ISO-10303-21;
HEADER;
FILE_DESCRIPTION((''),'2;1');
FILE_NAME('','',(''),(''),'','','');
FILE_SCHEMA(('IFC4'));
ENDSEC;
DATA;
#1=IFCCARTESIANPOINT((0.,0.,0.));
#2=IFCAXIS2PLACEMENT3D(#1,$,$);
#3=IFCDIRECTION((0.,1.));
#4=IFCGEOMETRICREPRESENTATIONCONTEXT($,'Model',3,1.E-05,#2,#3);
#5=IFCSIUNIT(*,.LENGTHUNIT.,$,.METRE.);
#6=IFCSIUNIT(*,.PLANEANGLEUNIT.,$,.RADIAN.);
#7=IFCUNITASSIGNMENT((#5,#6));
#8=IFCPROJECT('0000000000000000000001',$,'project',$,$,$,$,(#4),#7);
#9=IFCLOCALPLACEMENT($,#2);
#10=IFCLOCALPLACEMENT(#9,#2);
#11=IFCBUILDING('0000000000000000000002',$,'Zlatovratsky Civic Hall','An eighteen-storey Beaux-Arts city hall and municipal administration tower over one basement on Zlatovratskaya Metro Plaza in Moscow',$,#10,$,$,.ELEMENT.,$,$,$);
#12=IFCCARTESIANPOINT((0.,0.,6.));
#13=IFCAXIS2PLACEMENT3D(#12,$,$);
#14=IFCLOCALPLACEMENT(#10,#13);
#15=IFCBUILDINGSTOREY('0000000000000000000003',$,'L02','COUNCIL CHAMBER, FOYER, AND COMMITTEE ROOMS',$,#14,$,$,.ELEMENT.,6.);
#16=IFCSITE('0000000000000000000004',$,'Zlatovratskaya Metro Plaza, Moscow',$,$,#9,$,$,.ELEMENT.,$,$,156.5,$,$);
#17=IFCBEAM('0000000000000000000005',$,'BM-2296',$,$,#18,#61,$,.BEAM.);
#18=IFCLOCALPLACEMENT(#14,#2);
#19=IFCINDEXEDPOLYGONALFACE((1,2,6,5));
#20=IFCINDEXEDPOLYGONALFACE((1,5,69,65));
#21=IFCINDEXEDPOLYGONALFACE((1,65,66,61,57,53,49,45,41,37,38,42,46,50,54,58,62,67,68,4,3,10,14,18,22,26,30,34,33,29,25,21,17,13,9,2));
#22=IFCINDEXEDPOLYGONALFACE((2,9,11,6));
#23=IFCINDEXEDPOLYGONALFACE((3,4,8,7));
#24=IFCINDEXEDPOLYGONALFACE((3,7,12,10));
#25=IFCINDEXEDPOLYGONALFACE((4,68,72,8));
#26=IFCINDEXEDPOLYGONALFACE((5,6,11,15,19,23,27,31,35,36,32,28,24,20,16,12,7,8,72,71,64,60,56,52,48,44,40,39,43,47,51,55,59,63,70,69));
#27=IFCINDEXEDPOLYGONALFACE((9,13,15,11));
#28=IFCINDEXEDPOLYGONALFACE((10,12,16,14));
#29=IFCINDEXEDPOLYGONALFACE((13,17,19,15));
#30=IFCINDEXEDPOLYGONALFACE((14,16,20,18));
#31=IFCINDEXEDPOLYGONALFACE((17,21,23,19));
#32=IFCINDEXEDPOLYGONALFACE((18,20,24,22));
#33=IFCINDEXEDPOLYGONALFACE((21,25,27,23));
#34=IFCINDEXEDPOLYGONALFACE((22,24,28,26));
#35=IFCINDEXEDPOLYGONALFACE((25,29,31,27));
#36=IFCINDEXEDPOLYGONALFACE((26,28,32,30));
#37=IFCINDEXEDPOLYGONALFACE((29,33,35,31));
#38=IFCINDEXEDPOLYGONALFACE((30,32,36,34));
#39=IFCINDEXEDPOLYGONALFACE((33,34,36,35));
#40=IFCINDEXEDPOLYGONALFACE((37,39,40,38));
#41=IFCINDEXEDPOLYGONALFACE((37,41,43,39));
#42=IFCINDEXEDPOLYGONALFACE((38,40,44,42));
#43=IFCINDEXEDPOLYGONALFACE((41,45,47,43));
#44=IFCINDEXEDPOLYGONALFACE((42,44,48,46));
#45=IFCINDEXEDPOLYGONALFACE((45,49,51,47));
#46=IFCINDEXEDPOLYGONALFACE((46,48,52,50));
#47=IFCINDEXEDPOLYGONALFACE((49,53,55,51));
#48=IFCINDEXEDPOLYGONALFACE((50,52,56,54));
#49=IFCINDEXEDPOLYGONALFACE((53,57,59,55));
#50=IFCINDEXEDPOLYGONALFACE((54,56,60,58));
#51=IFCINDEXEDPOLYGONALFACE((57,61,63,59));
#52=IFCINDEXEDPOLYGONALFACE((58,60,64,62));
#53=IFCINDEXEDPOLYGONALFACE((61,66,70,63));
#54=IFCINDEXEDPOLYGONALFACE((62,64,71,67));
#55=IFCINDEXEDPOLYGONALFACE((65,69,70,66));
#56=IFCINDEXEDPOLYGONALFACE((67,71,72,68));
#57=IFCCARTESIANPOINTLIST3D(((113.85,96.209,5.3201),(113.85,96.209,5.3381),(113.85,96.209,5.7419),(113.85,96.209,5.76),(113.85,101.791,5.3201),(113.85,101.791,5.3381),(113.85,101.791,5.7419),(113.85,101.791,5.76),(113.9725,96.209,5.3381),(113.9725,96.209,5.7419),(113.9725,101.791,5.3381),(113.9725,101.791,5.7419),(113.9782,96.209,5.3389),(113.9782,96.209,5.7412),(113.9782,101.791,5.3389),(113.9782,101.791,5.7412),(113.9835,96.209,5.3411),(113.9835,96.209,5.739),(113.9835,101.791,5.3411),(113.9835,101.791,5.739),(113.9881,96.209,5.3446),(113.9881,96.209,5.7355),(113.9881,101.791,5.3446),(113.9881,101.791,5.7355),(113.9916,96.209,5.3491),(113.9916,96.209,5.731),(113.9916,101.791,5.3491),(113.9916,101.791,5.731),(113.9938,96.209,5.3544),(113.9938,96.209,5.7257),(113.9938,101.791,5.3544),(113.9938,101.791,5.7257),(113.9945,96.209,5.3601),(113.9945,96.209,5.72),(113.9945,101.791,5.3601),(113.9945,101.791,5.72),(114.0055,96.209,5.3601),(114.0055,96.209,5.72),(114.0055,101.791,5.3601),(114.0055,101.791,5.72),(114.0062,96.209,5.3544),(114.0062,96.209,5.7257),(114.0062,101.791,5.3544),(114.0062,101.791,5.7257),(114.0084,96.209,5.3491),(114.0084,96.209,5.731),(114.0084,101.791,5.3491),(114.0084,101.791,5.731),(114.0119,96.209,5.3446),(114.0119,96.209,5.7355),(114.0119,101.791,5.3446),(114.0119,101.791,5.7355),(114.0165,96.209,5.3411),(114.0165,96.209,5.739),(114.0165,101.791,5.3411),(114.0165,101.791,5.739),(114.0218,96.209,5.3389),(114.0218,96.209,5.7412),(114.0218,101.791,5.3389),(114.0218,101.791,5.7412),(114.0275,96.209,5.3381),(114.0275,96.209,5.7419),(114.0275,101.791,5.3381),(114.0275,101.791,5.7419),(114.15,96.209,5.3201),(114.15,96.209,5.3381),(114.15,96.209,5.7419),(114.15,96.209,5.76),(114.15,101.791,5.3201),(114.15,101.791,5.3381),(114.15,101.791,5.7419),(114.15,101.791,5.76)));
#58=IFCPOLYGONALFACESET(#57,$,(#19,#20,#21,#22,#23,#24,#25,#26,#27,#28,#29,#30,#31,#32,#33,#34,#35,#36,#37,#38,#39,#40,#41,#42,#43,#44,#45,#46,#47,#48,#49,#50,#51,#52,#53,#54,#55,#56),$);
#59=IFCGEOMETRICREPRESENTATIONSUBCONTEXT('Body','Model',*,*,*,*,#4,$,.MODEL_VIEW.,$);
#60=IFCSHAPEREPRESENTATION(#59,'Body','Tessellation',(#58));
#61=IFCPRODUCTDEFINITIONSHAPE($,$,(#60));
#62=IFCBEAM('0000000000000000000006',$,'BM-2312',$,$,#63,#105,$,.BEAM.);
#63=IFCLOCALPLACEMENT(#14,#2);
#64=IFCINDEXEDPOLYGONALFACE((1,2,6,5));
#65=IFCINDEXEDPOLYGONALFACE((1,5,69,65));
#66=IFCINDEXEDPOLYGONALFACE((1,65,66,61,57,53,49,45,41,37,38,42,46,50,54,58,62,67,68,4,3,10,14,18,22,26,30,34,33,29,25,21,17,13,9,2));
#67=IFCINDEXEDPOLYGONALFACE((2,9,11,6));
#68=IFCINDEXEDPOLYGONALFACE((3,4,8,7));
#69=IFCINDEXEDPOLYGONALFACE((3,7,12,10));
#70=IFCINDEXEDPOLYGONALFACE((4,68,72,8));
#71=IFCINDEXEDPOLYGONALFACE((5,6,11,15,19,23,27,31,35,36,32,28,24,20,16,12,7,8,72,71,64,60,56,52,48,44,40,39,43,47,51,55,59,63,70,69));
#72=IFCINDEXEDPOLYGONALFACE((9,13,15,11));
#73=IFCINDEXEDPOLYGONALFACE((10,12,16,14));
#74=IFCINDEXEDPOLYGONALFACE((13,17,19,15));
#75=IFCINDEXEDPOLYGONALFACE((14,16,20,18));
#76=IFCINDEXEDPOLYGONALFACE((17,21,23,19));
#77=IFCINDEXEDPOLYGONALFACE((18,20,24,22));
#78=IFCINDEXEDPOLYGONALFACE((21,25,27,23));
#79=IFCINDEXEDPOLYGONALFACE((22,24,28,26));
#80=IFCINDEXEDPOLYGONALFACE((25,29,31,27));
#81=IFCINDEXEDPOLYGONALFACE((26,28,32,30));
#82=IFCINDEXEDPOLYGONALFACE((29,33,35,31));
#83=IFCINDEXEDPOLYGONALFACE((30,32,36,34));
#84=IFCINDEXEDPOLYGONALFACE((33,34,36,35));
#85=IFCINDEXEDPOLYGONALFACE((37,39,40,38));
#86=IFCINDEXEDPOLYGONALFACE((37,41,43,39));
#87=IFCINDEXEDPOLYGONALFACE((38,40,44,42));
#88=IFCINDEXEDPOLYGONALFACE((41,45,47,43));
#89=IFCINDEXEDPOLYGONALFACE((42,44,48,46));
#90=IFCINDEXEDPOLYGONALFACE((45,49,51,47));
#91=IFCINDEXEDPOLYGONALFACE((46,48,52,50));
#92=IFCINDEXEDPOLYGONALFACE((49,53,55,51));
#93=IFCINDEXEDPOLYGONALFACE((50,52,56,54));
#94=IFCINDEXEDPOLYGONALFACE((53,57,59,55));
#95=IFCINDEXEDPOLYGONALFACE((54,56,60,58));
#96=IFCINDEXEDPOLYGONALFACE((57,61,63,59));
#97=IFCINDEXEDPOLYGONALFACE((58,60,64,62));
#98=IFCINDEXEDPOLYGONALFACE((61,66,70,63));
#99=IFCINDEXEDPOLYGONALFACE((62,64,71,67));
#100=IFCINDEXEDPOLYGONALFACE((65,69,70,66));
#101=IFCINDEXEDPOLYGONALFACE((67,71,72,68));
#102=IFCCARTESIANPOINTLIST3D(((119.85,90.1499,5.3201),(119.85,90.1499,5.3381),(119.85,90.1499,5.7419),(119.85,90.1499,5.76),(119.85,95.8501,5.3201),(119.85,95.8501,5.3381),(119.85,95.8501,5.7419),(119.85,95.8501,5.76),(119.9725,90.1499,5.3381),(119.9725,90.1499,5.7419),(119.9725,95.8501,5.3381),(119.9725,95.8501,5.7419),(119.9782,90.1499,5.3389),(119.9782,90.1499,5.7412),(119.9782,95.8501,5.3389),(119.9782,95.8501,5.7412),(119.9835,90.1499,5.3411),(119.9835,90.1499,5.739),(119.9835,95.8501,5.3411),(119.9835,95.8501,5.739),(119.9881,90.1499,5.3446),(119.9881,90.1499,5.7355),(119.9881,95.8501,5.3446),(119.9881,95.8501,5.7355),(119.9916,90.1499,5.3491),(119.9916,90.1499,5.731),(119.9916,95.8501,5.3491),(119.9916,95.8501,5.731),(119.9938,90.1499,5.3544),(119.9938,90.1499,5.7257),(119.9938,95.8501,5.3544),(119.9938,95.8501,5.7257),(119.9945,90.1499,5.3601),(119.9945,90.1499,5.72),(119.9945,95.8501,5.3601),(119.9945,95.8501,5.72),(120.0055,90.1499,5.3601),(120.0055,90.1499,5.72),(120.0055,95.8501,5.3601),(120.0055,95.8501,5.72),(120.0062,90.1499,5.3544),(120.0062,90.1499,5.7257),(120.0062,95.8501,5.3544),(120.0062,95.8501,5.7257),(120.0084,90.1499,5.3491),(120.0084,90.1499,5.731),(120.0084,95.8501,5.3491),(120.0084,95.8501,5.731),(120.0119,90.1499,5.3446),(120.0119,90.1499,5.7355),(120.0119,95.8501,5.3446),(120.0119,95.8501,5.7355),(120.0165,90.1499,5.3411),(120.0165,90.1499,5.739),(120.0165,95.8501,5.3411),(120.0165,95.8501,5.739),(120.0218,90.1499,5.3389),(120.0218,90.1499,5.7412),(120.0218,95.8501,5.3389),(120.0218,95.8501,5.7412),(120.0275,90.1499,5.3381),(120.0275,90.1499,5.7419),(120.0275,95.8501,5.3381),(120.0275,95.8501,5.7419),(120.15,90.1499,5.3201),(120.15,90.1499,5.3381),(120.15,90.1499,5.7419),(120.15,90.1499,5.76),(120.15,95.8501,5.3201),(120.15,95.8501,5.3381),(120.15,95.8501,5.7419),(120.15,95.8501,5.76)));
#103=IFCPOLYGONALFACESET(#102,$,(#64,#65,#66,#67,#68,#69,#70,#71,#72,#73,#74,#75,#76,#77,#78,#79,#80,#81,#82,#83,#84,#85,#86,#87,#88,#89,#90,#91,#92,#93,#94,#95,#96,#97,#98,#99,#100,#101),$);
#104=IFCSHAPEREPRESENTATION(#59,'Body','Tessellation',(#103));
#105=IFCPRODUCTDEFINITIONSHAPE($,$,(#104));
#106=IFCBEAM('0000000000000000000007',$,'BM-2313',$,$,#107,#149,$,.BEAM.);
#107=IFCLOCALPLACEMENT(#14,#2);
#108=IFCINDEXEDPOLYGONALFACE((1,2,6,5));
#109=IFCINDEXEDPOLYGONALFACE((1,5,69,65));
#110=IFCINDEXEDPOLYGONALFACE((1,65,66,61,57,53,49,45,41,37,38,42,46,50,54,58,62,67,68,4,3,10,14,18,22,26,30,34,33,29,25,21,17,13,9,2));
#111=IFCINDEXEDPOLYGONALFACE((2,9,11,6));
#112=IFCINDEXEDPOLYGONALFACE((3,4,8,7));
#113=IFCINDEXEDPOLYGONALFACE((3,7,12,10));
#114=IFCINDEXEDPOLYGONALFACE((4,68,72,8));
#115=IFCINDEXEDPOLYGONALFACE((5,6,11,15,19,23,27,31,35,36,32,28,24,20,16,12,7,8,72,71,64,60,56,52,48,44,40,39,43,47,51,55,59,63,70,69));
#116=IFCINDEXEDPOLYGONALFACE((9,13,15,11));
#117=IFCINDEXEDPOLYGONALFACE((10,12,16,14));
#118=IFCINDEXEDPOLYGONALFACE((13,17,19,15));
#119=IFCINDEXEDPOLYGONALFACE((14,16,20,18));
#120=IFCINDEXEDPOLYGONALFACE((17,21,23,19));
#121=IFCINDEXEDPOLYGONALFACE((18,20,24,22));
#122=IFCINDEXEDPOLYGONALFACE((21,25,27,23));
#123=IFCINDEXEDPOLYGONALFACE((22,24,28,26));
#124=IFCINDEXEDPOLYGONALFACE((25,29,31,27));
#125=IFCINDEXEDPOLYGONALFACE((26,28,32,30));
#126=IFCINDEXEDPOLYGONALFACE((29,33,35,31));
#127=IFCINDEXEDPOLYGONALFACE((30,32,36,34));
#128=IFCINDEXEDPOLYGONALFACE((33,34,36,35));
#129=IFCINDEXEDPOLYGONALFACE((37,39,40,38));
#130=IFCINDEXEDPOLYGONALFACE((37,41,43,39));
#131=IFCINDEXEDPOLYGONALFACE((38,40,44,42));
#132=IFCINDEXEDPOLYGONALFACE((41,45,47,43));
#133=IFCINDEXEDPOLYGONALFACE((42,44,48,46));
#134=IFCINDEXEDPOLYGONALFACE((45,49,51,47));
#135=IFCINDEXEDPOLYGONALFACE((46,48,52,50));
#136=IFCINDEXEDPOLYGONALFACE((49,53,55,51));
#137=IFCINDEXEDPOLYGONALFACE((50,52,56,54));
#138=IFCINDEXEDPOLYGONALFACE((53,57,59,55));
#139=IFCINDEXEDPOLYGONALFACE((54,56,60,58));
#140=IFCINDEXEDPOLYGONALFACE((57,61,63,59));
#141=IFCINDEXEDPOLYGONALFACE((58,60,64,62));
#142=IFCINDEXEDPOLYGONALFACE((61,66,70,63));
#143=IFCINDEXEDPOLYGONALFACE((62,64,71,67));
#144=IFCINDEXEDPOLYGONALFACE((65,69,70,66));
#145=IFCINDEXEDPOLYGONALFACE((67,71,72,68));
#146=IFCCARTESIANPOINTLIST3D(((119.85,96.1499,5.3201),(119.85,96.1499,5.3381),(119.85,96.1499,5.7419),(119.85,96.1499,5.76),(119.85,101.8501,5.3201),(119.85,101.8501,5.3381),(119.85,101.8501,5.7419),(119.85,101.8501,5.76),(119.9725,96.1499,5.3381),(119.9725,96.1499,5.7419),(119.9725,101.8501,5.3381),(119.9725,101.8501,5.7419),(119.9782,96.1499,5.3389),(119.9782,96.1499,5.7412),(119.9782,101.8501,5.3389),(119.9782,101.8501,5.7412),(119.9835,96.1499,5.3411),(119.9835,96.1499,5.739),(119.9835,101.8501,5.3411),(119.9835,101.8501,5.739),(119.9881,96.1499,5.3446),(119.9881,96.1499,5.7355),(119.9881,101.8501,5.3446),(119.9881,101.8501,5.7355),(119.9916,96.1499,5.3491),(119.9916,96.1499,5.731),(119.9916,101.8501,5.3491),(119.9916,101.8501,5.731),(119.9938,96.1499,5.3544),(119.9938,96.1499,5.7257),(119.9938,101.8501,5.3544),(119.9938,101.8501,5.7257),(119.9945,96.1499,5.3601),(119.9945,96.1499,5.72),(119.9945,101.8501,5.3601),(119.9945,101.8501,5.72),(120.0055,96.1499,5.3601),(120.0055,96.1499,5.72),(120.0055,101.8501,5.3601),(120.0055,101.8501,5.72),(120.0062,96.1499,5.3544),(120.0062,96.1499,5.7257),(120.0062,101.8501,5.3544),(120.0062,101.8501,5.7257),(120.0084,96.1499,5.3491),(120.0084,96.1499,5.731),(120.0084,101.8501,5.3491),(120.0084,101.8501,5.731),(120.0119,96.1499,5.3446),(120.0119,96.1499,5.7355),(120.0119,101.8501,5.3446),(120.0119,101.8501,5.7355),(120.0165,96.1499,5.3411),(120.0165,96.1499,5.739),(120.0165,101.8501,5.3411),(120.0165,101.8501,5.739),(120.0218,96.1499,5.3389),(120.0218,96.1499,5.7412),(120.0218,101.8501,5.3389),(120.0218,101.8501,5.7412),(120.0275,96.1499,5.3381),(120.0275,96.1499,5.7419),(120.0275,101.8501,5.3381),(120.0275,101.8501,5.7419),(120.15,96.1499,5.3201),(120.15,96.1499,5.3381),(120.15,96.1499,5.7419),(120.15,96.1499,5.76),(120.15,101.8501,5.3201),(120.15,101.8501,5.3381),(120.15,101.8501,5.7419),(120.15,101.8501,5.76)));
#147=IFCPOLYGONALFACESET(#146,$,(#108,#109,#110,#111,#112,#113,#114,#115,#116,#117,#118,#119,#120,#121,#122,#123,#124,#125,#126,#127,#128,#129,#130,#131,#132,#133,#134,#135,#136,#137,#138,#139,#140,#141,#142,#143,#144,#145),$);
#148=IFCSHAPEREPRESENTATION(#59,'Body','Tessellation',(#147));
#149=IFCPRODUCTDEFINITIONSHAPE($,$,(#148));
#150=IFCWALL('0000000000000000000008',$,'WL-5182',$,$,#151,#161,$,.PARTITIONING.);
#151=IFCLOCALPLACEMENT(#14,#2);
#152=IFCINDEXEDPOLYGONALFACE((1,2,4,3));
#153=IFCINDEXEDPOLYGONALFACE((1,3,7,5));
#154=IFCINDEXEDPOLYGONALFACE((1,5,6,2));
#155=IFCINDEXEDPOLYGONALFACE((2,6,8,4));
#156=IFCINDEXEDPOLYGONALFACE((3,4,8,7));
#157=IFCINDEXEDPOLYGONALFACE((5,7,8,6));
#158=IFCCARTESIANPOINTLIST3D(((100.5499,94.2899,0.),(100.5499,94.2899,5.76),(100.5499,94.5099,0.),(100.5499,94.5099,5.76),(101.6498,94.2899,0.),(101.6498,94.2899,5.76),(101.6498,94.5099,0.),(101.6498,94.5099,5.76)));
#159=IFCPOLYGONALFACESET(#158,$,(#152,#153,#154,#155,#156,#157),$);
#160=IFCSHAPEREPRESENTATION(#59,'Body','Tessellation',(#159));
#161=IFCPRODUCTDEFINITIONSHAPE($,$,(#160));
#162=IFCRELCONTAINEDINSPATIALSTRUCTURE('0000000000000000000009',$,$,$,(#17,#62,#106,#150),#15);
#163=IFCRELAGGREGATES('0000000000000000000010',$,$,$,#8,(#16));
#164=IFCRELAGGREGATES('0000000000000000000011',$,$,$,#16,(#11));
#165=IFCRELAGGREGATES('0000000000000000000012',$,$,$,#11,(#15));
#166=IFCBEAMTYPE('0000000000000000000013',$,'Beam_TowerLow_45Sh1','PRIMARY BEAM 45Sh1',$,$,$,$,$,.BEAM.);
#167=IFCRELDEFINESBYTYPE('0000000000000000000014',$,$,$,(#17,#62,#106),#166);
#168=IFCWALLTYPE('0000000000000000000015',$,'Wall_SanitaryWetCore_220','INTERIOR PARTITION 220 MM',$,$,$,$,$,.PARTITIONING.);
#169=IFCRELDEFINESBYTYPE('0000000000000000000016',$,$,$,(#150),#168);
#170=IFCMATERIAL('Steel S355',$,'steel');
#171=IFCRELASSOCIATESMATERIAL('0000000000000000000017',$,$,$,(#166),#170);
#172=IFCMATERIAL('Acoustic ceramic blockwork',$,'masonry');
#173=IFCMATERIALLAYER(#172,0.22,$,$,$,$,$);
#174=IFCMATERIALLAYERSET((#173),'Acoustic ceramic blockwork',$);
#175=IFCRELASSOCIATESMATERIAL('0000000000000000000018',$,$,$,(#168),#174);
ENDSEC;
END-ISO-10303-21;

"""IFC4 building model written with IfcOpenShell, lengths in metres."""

from ifc_helpers import new_model, si_unit, direction, frame, frame_2d, origin, origin_2d, place, context, subcontext, project, spatial, rectangle, i_section, extrude, material, layer, layer_set, material_profile, profile_set, type_object, element, save


model = new_model("IFC4")

# Units and contexts
model_context = context("Model", 3, precision=1e-05, world=origin(), true_north=direction((0.0, 1.0)))
body_context = subcontext(model_context, "Body", "Model", "MODEL_VIEW")
ifc_project = project(units=[si_unit("LENGTHUNIT", "METRE"), si_unit("PLANEANGLEUNIT", "RADIAN")], contexts=[model_context])

# Site, building, storey
site_placement = place(None, origin())
site = spatial("IfcSite", under=ifc_project, at=site_placement, Name="Zlatovratskaya Metro Plaza, Moscow", CompositionType="ELEMENT", RefElevation=156.5)
building_placement = place(site_placement, origin())
building = spatial("IfcBuilding", under=site, at=building_placement, Name="Zlatovratsky Civic Hall", Description="An eighteen-storey Beaux-Arts city hall and municipal administration tower over one basement on Zlatovratskaya Metro Plaza in Moscow", CompositionType="ELEMENT")
storey_placement = place(building_placement, frame((0.0, 0.0, 6.0)))
storey = spatial("IfcBuildingStorey", under=building, at=storey_placement, Name="L02", Description="COUNCIL CHAMBER, FOYER, AND COMMITTEE ROOMS", CompositionType="ELEMENT", Elevation=6.0)

# Shared definitions
ifc_material_1 = material(Name="Steel S355", Category="steel")

# Beams
ifc_material_profile_1 = material_profile(ifc_material_1, i_section(OverallWidth=0.3, OverallDepth=0.4399, WebThickness=0.011, FlangeThickness=0.0181, FilletRadius=0.022, at=origin_2d()), Name="45Sh1")
ifc_profile_set_1 = profile_set([ifc_material_profile_1], Name="Steel S355")
beam_type_1 = type_object("IfcBeamType", Name="Beam_TowerLow_45Sh1", Description="PRIMARY BEAM 45Sh1", PredefinedType="BEAM", material=ifc_profile_set_1)
for number, where, z_axis, x_axis, name in (
    (1, (114.0, 96.209, 5.54), (0.0, 1.0, 0.0), (-1.0, 0.0, 0.0), "BM-2296"),
):
    element("IfcBeam", number, at=place(storey_placement, frame(where, z_axis=z_axis, x_axis=x_axis)), inside=storey, type_object=beam_type_1, Name=name, PredefinedType="BEAM", context=body_context, shape_type="SweptSolid", body=[
        extrude(i_section(OverallWidth=0.3, OverallDepth=0.4399, WebThickness=0.011, FlangeThickness=0.0181, FilletRadius=0.022, at=origin_2d()), origin(), (0.0, 0.0, 1.0), 5.582),
    ])
for number, where, z_axis, x_axis, name in (
    (2, (120.0, 90.1499, 5.54), (0.0, 1.0, 0.0), (-1.0, 0.0, 0.0), "BM-2312"),
    (3, (120.0, 96.1499, 5.54), (0.0, 1.0, 0.0), (-1.0, 0.0, 0.0), "BM-2313"),
):
    element("IfcBeam", number, at=place(storey_placement, frame(where, z_axis=z_axis, x_axis=x_axis)), inside=storey, type_object=beam_type_1, Name=name, PredefinedType="BEAM", context=body_context, shape_type="SweptSolid", body=[
        extrude(i_section(OverallWidth=0.3, OverallDepth=0.4399, WebThickness=0.011, FlangeThickness=0.0181, FilletRadius=0.022, at=origin_2d()), origin(), (0.0, 0.0, 1.0), 5.7002),
    ])

# Wall
ifc_material_2 = material(Name="Acoustic ceramic blockwork", Category="masonry")
ifc_layer = layer(ifc_material_2, 0.22)
ifc_layer_set = layer_set([ifc_layer], Name="Acoustic ceramic blockwork")
wall_type = type_object("IfcWallType", Name="Wall_SanitaryWetCore_220", Description="INTERIOR PARTITION 220 MM", PredefinedType="PARTITIONING", material=ifc_layer_set)
wall_placement = place(storey_placement, frame((100.55, 94.3999, 0.0), z_axis=(0.0, 0.0, 1.0), x_axis=(1.0, 0.0, 0.0)))
element("IfcWall", 4, at=wall_placement, inside=storey, type_object=wall_type, Name="WL-5182", PredefinedType="PARTITIONING", context=body_context, shape_type="SweptSolid", body=[
    extrude(rectangle(XDim=1.0999, YDim=0.22, at=frame_2d((0.5498, 0.0))), origin(), (0.0, 0.0, 1.0), 5.76),
])

save(model, "model.ifc")
